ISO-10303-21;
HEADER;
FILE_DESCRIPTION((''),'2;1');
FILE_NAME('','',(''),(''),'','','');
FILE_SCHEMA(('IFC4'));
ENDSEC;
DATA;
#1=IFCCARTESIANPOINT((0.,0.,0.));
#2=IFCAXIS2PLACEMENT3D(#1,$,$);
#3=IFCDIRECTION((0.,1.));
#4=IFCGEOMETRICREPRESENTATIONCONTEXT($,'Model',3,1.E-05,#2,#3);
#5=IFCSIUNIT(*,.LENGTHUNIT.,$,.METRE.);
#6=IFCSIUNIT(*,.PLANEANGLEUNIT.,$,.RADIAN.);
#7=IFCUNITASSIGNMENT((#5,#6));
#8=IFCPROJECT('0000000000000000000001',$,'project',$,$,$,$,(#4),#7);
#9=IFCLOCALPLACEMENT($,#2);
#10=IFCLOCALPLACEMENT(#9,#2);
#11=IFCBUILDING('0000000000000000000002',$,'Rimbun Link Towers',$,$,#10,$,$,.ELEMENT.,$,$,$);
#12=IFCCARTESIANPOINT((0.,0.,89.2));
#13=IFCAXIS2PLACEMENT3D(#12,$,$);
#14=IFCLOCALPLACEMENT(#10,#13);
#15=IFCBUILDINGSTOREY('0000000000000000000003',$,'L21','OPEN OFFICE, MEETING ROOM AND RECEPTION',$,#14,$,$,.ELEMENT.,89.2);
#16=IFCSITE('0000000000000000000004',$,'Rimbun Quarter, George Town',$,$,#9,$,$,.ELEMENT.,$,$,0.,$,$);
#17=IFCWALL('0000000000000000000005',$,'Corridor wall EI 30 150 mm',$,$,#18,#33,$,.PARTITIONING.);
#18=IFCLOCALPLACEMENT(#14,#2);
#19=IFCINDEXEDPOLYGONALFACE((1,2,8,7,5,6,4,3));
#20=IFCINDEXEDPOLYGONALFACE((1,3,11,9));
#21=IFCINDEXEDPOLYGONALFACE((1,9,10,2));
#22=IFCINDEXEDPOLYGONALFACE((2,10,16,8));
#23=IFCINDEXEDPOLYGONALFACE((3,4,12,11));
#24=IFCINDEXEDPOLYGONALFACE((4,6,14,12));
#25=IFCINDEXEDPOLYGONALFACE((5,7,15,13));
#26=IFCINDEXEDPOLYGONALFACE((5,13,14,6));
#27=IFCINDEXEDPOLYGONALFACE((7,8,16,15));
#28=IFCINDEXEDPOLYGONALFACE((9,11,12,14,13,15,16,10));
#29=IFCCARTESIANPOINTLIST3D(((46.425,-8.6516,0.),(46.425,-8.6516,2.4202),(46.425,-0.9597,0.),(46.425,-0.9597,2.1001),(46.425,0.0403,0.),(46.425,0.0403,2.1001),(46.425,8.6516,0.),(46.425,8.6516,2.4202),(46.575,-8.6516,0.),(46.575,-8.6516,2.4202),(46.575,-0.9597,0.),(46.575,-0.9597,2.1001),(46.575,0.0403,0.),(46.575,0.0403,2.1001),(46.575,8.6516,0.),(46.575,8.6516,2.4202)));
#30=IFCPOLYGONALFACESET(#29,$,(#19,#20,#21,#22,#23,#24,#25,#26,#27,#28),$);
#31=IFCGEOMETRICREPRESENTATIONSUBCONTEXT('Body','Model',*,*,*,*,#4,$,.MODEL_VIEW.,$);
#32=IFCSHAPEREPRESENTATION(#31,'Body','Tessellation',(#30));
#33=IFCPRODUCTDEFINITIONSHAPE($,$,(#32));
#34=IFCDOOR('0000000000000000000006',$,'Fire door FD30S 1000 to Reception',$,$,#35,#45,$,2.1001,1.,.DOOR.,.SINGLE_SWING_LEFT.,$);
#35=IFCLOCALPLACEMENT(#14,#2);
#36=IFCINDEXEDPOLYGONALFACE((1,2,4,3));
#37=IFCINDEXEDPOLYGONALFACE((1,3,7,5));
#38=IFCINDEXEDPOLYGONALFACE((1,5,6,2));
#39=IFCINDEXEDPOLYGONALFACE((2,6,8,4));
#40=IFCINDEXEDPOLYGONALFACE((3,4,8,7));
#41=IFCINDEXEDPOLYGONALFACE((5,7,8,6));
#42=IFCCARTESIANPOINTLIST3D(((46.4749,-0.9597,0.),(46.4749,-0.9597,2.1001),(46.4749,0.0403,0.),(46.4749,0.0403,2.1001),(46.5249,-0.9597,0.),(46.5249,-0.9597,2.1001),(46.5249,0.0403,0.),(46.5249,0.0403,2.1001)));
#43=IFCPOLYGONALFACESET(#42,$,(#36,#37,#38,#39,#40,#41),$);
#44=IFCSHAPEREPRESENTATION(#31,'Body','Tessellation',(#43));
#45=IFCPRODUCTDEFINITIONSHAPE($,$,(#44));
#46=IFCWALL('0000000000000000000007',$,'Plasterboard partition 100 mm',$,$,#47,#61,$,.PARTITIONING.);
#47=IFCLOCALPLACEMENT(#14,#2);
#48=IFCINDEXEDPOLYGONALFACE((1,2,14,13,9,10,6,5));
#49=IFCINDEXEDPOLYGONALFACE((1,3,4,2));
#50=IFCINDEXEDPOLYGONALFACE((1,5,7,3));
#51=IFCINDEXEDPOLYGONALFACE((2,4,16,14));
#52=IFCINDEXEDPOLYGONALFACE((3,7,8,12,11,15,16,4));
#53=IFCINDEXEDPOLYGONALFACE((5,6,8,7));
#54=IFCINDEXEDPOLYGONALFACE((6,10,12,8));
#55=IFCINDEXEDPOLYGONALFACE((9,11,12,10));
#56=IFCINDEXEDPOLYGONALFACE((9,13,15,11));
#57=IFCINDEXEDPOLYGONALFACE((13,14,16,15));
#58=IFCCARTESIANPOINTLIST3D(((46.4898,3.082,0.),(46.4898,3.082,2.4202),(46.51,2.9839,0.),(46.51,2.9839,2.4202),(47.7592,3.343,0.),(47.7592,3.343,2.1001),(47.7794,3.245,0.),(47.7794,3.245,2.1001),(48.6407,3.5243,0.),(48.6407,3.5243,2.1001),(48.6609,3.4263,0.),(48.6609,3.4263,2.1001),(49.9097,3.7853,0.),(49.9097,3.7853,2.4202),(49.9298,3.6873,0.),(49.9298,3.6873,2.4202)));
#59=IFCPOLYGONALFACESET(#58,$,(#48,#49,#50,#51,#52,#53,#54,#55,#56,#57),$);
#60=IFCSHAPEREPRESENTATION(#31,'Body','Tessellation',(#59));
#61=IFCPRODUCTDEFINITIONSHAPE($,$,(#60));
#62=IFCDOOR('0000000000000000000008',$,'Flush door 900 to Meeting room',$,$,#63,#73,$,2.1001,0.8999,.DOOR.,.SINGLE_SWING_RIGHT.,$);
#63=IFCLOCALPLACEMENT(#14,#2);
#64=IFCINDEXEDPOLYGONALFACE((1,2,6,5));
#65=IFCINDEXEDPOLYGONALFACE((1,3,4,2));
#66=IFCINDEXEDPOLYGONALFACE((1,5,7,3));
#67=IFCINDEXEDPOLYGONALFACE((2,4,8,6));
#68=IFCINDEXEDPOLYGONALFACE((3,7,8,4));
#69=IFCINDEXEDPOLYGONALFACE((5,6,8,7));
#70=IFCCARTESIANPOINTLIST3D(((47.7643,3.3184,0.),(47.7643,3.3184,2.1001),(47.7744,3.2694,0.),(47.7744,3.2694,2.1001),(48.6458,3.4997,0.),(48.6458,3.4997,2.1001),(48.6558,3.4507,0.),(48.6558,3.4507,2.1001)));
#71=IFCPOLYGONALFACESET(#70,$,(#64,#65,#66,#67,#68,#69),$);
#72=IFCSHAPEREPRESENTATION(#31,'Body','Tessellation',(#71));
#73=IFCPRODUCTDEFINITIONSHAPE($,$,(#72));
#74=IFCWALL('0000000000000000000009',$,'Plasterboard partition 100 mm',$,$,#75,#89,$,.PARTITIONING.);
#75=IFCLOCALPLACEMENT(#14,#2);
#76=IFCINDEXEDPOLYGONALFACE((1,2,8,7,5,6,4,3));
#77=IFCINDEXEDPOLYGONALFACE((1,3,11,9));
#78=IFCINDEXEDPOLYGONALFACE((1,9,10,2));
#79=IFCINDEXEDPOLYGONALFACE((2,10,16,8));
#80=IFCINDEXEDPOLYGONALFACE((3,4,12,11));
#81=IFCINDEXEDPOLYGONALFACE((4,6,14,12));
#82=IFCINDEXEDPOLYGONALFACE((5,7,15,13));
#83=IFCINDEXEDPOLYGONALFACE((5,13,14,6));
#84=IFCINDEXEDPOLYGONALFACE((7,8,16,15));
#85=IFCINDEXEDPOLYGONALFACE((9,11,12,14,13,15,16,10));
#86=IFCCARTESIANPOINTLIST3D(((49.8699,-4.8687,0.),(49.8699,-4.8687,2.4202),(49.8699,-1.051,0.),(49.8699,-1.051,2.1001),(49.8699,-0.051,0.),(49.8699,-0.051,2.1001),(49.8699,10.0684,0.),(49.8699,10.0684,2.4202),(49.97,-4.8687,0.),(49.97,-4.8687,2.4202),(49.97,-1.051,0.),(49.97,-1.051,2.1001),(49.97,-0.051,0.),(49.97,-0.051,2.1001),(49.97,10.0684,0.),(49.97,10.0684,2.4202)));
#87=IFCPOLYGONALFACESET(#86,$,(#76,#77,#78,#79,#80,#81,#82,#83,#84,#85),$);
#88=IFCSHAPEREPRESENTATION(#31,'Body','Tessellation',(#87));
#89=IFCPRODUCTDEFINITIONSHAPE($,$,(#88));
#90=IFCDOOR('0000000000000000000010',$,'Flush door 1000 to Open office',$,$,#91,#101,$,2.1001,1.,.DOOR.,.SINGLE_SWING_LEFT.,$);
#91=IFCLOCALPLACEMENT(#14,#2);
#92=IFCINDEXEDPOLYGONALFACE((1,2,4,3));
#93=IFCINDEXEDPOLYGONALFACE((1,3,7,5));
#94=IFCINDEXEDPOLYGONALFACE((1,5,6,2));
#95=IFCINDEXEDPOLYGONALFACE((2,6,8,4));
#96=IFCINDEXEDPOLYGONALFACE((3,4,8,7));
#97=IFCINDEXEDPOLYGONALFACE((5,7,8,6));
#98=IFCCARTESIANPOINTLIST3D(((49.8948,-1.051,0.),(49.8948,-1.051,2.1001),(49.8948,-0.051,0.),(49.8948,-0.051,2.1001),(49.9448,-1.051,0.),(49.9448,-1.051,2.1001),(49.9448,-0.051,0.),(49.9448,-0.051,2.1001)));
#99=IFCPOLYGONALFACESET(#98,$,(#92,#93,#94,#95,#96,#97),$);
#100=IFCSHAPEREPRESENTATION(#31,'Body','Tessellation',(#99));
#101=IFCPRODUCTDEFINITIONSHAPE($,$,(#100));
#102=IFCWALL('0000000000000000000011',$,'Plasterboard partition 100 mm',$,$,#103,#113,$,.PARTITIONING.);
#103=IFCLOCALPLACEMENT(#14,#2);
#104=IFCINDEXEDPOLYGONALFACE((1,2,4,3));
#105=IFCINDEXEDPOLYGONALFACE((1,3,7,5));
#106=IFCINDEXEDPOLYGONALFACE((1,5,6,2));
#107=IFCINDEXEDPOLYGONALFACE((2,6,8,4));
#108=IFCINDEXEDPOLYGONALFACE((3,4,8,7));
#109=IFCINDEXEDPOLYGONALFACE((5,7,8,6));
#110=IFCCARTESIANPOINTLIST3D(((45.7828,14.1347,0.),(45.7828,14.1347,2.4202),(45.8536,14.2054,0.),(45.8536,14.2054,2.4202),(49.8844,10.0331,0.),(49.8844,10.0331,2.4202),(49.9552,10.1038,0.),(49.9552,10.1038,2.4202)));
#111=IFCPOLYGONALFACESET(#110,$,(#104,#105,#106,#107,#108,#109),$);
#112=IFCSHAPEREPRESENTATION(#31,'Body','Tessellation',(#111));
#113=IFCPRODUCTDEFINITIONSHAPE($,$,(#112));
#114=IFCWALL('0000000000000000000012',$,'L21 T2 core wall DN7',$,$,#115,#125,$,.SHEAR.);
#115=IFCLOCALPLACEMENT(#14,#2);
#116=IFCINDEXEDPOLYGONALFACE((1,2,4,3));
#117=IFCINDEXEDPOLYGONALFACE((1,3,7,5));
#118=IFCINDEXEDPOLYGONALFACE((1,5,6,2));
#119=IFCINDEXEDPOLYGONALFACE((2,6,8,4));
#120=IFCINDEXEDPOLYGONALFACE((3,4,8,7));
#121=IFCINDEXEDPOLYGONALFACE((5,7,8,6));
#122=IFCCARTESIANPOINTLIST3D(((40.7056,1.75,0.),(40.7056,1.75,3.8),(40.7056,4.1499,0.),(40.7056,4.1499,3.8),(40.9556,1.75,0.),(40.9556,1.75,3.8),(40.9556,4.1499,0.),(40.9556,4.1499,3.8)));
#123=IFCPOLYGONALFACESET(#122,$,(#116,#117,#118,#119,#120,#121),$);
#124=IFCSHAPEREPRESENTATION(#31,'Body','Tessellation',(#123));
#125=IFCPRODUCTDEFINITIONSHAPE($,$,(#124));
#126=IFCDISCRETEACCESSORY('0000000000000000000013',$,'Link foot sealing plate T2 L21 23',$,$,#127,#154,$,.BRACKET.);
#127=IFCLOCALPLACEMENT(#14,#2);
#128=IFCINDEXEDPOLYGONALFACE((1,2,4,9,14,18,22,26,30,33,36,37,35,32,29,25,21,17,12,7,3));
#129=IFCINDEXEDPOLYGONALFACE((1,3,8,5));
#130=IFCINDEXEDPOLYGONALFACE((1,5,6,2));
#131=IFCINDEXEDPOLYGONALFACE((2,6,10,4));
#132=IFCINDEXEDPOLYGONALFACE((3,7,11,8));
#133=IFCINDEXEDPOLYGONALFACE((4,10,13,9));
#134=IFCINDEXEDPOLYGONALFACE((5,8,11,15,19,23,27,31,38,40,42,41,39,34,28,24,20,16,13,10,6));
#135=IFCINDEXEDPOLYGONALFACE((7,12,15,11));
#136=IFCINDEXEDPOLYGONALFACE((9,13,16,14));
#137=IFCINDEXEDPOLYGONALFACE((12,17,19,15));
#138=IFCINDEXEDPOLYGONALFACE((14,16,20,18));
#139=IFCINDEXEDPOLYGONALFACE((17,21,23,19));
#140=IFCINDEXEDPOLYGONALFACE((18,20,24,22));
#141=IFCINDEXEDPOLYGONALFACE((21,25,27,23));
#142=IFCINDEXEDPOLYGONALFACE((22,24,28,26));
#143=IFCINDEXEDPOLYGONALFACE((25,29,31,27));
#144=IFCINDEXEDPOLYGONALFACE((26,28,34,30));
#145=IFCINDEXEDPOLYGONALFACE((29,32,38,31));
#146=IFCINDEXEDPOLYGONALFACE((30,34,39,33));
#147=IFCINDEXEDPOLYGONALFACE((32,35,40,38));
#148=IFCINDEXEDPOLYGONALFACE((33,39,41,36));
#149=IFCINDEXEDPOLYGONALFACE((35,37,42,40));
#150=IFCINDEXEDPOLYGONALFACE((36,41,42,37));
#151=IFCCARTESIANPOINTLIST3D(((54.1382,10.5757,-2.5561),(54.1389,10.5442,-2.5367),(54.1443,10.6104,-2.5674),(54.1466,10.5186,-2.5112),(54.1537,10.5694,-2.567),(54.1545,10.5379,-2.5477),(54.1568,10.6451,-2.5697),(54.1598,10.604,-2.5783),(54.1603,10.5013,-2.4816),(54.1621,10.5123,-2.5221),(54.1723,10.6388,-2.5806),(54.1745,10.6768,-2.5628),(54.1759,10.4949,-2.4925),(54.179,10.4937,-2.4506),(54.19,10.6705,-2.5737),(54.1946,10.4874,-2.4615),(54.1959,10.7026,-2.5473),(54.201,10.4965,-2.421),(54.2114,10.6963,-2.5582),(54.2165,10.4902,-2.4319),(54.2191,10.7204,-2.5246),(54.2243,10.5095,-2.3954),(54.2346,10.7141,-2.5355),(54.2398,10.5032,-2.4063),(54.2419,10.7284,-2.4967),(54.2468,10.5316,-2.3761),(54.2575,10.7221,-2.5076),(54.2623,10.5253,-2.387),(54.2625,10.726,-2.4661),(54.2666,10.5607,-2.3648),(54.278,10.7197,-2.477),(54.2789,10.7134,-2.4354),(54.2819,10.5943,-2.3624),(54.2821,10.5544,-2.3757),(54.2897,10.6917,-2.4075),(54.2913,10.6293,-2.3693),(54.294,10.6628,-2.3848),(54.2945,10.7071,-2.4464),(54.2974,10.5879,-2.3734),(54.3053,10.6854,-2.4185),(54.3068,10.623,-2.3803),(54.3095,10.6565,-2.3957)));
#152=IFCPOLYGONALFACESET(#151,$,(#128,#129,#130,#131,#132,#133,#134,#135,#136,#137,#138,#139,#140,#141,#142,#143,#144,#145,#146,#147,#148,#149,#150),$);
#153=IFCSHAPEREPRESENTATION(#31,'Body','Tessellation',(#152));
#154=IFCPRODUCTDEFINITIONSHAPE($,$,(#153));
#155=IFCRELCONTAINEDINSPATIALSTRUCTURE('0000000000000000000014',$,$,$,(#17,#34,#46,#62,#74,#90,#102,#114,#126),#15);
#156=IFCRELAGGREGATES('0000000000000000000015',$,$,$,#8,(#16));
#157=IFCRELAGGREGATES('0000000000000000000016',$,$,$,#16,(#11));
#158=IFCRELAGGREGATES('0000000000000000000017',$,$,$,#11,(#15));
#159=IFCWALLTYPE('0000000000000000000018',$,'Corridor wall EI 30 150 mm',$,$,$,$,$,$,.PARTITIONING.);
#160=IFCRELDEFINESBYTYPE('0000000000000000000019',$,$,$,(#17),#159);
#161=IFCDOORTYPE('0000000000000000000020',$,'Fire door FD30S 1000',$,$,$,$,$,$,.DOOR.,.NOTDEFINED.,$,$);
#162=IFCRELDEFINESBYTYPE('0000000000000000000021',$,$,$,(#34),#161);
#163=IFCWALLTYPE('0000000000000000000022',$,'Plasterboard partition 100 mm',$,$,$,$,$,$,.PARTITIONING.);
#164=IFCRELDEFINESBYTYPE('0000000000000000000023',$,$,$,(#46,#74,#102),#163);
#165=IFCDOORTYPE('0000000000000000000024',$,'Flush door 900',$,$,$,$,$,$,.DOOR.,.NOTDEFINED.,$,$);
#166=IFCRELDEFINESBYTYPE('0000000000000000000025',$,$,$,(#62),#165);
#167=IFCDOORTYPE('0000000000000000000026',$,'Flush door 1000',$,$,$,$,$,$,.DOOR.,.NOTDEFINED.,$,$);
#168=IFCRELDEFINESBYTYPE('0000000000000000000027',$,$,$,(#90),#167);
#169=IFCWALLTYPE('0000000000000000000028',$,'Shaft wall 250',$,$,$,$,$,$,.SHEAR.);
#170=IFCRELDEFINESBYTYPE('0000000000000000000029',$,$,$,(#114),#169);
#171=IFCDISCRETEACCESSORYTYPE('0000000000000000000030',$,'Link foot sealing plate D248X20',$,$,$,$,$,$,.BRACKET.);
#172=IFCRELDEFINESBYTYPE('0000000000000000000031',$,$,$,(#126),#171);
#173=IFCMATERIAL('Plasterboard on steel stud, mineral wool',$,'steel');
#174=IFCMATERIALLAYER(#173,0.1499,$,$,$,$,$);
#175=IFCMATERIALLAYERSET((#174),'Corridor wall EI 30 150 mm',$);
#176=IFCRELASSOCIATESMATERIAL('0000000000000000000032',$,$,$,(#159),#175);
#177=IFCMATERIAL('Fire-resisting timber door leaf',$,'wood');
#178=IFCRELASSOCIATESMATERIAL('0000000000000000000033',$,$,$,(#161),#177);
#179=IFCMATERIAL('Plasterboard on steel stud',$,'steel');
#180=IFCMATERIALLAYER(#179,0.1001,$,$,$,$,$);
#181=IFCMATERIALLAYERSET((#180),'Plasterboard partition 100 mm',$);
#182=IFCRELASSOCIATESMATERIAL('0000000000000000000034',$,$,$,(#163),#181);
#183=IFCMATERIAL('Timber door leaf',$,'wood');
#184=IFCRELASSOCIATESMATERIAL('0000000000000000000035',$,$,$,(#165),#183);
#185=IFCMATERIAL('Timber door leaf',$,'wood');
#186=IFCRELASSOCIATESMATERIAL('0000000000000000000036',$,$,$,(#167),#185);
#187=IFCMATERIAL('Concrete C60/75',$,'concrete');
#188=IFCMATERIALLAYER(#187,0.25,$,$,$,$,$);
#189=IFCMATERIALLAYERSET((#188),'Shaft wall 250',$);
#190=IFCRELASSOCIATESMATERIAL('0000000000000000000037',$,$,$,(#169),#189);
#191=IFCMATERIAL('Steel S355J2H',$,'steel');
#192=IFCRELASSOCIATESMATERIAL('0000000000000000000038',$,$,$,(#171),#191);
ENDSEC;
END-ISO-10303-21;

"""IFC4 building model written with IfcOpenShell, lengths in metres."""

from ifc_helpers import new_model, si_unit, direction, frame, frame_2d, origin, origin_2d, place, context, subcontext, project, spatial, rectangle, circle, extrude, material, layer, layer_set, material_profile, profile_set, type_object, element, fill, save


model = new_model("IFC4")

# Units and contexts
model_context = context("Model", 3, precision=1e-05, world=origin(), true_north=direction((0.0, 1.0)))
body_context = subcontext(model_context, "Body", "Model", "MODEL_VIEW")
ifc_project = project(units=[si_unit("LENGTHUNIT", "METRE"), si_unit("PLANEANGLEUNIT", "RADIAN")], contexts=[model_context])

# Site, building, storey
site_placement = place(None, origin())
site = spatial("IfcSite", under=ifc_project, at=site_placement, Name="Rimbun Quarter, George Town", CompositionType="ELEMENT", RefElevation=0.0)
building_placement = place(site_placement, origin())
building = spatial("IfcBuilding", under=site, at=building_placement, Name="Rimbun Link Towers", CompositionType="ELEMENT")
storey_placement = place(building_placement, frame((0.0, 0.0, 89.2)))
storey = spatial("IfcBuildingStorey", under=building, at=storey_placement, Name="L21", Description="OPEN OFFICE, MEETING ROOM AND RECEPTION", CompositionType="ELEMENT", Elevation=89.2)

# Shared definitions
ifc_material_1 = material(Name="Plasterboard on steel stud, mineral wool", Category="steel")
ifc_layer_1 = layer(ifc_material_1, 0.1499)
ifc_layer_set_1 = layer_set([ifc_layer_1], Name="Corridor wall EI 30 150 mm")
wall_type_1 = type_object("IfcWallType", Name="Corridor wall EI 30 150 mm", PredefinedType="PARTITIONING", material=ifc_layer_set_1)

# Walls, openings, doors
wall_1_placement = place(storey_placement, frame((46.5, 8.6516, 0.0), z_axis=(0.0, 0.0, 1.0), x_axis=(0.0, -1.0, 0.0)))
wall_1 = element("IfcWall", 1, at=wall_1_placement, inside=storey, type_object=wall_type_1, Name="Corridor wall EI 30 150 mm", PredefinedType="PARTITIONING", context=body_context, shape_type="SweptSolid", body=[
    extrude(rectangle(XDim=17.3032, YDim=0.1499, at=frame_2d((8.6516, 0.0))), origin(), (0.0, 0.0, 1.0), 2.4202),
])
opening_1_placement = place(wall_1_placement, frame((8.6113, 0.0, 0.0)))
opening_1 = element("IfcOpeningElement", 2, at=opening_1_placement, cuts=wall_1, PredefinedType="OPENING", context=body_context, shape_type="SweptSolid", body=[
    extrude(rectangle(XDim=1.0, YDim=2.1001, at=frame_2d((0.5, 1.05))), frame((0.0, 0.085, 0.0), z_axis=(0.0, -1.0, 0.0), x_axis=(1.0, 0.0, 0.0)), (0.0, 0.0, 1.0), 0.1699),
])
ifc_material_2 = material(Name="Fire-resisting timber door leaf", Category="wood")
door_type_1 = type_object("IfcDoorType", Name="Fire door FD30S 1000", OperationType="NOTDEFINED", PredefinedType="DOOR", material=ifc_material_2)
door_1_placement = place(opening_1_placement, origin())
door_1 = element("IfcDoor", 3, at=door_1_placement, inside=storey, type_object=door_type_1, Name="Fire door FD30S 1000 to Reception", OperationType="SINGLE_SWING_LEFT", OverallHeight=2.1001, OverallWidth=1.0, PredefinedType="DOOR", context=body_context, shape_type="SweptSolid", body=[
    extrude(rectangle(XDim=1.0, YDim=2.1001, at=frame_2d((0.5, 1.05))), frame((0.0, 0.0249, 0.0), z_axis=(0.0, -1.0, 0.0), x_axis=(1.0, 0.0, 0.0)), (0.0, 0.0, 1.0), 0.05),
])
fill(opening_1, door_1)
ifc_material_3 = material(Name="Plasterboard on steel stud", Category="steel")
ifc_layer_2 = layer(ifc_material_3, 0.1001)
ifc_layer_set_2 = layer_set([ifc_layer_2], Name="Plasterboard partition 100 mm")
wall_type_2 = type_object("IfcWallType", Name="Plasterboard partition 100 mm", PredefinedType="PARTITIONING", material=ifc_layer_set_2)
wall_2_placement = place(storey_placement, frame((46.5, 3.033, 0.0), z_axis=(0.0, 0.0, 1.0), x_axis=(0.979498, 0.201452, 0.0)))
wall_2 = element("IfcWall", 4, at=wall_2_placement, inside=storey, type_object=wall_type_2, Name="Plasterboard partition 100 mm", PredefinedType="PARTITIONING", context=body_context, shape_type="SweptSolid", body=[
    extrude(rectangle(XDim=3.4915, YDim=0.1001, at=frame_2d((1.7456, 0.0))), origin(), (0.0, 0.0, 1.0), 2.4202),
])
opening_2_placement = place(wall_2_placement, frame((1.2959, 0.0, 0.0)))
opening_2 = element("IfcOpeningElement", 5, at=opening_2_placement, cuts=wall_2, PredefinedType="OPENING", context=body_context, shape_type="SweptSolid", body=[
    extrude(rectangle(XDim=0.8999, YDim=2.1001, at=frame_2d((0.45, 1.05))), frame((0.0, 0.0601, 0.0), z_axis=(0.0, -1.0, 0.0), x_axis=(1.0, 0.0, 0.0)), (0.0, 0.0, 1.0), 0.1201),
])
ifc_material_4 = material(Name="Timber door leaf", Category="wood")
door_type_2 = type_object("IfcDoorType", Name="Flush door 900", OperationType="NOTDEFINED", PredefinedType="DOOR", material=ifc_material_4)
door_2_placement = place(opening_2_placement, origin())
door_2 = element("IfcDoor", 6, at=door_2_placement, inside=storey, type_object=door_type_2, Name="Flush door 900 to Meeting room", OperationType="SINGLE_SWING_RIGHT", OverallHeight=2.1001, OverallWidth=0.8999, PredefinedType="DOOR", context=body_context, shape_type="SweptSolid", body=[
    extrude(rectangle(XDim=0.8999, YDim=2.1001, at=frame_2d((0.45, 1.05))), frame((0.0, 0.0249, 0.0), z_axis=(0.0, -1.0, 0.0), x_axis=(1.0, 0.0, 0.0)), (0.0, 0.0, 1.0), 0.05),
])
fill(opening_2, door_2)
wall_3_placement = place(storey_placement, frame((49.9199, 10.0684, 0.0), z_axis=(0.0, 0.0, 1.0), x_axis=(0.0, -1.0, 0.0)))
wall_3 = element("IfcWall", 7, at=wall_3_placement, inside=storey, type_object=wall_type_2, Name="Plasterboard partition 100 mm", PredefinedType="PARTITIONING", context=body_context, shape_type="SweptSolid", body=[
    extrude(rectangle(XDim=14.937, YDim=0.1001, at=frame_2d((7.4685, 0.0))), origin(), (0.0, 0.0, 1.0), 2.4202),
])
opening_3_placement = place(wall_3_placement, frame((10.1194, 0.0, 0.0)))
opening_3 = element("IfcOpeningElement", 8, at=opening_3_placement, cuts=wall_3, PredefinedType="OPENING", context=body_context, shape_type="SweptSolid", body=[
    extrude(rectangle(XDim=1.0, YDim=2.1001, at=frame_2d((0.5, 1.05))), frame((0.0, 0.0601, 0.0), z_axis=(0.0, -1.0, 0.0), x_axis=(1.0, 0.0, 0.0)), (0.0, 0.0, 1.0), 0.1201),
])
ifc_material_5 = material(Name="Timber door leaf", Category="wood")
door_type_3 = type_object("IfcDoorType", Name="Flush door 1000", OperationType="NOTDEFINED", PredefinedType="DOOR", material=ifc_material_5)
door_3_placement = place(opening_3_placement, origin())
door_3 = element("IfcDoor", 9, at=door_3_placement, inside=storey, type_object=door_type_3, Name="Flush door 1000 to Open office", OperationType="SINGLE_SWING_LEFT", OverallHeight=2.1001, OverallWidth=1.0, PredefinedType="DOOR", context=body_context, shape_type="SweptSolid", body=[
    extrude(rectangle(XDim=1.0, YDim=2.1001, at=frame_2d((0.5, 1.05))), frame((0.0, 0.0249, 0.0), z_axis=(0.0, -1.0, 0.0), x_axis=(1.0, 0.0, 0.0)), (0.0, 0.0, 1.0), 0.05),
])
fill(opening_3, door_3)

# Walls
wall_4_placement = place(storey_placement, frame((49.9199, 10.0684, 0.0), z_axis=(0.0, 0.0, 1.0), x_axis=(-0.707107, 0.707107, 0.0)))
element("IfcWall", 10, at=wall_4_placement, inside=storey, type_object=wall_type_2, Name="Plasterboard partition 100 mm", PredefinedType="PARTITIONING", context=body_context, shape_type="SweptSolid", body=[
    extrude(rectangle(XDim=5.8005, YDim=0.1001, at=frame_2d((2.9004, 0.0))), origin(), (0.0, 0.0, 1.0), 2.4202),
])
ifc_material_6 = material(Name="Concrete C60/75", Category="concrete")
ifc_layer_3 = layer(ifc_material_6, 0.25)
ifc_layer_set_3 = layer_set([ifc_layer_3], Name="Shaft wall 250")
wall_type_3 = type_object("IfcWallType", Name="Shaft wall 250", PredefinedType="SHEAR", material=ifc_layer_set_3)
wall_5_placement = place(storey_placement, frame((40.8306, 1.75, 0.0), z_axis=(0.0, 0.0, 1.0), x_axis=(0.0, 1.0, 0.0)))
element("IfcWall", 11, at=wall_5_placement, inside=storey, type_object=wall_type_3, Name="L21 T2 core wall DN7", PredefinedType="SHEAR", context=body_context, shape_type="SweptSolid", body=[
    extrude(rectangle(XDim=2.3999, YDim=0.25, at=frame_2d((1.2, 0.0))), origin(), (0.0, 0.0, 1.0), 3.8),
])

# Discrete accessory
ifc_material_7 = material(Name="Steel S355J2H", Category="steel")
ifc_material_profile_1 = material_profile(ifc_material_7, circle(Radius=0.124, at=origin_2d()), Name="PL D248")
ifc_profile_set_1 = profile_set([ifc_material_profile_1], Name="Steel S355J2H")
discrete_accessory_type = type_object("IfcDiscreteAccessoryType", Name="Link foot sealing plate D248X20", PredefinedType="BRACKET", material=ifc_profile_set_1)
discrete_accessory_placement = place(storey_placement, frame((54.2158, 10.6111, -2.4661), z_axis=(0.776285, -0.315366, -0.545826), x_axis=(0.376377, 0.926467, 0.0)))
element("IfcDiscreteAccessory", 12, at=discrete_accessory_placement, inside=storey, type_object=discrete_accessory_type, Name="Link foot sealing plate T2 L21 23", PredefinedType="BRACKET", context=body_context, shape_type="SweptSolid", body=[
    extrude(circle(Radius=0.124, at=origin_2d()), origin(), (0.0, 0.0, 1.0), 0.02),
])

save(model, "model.ifc")
